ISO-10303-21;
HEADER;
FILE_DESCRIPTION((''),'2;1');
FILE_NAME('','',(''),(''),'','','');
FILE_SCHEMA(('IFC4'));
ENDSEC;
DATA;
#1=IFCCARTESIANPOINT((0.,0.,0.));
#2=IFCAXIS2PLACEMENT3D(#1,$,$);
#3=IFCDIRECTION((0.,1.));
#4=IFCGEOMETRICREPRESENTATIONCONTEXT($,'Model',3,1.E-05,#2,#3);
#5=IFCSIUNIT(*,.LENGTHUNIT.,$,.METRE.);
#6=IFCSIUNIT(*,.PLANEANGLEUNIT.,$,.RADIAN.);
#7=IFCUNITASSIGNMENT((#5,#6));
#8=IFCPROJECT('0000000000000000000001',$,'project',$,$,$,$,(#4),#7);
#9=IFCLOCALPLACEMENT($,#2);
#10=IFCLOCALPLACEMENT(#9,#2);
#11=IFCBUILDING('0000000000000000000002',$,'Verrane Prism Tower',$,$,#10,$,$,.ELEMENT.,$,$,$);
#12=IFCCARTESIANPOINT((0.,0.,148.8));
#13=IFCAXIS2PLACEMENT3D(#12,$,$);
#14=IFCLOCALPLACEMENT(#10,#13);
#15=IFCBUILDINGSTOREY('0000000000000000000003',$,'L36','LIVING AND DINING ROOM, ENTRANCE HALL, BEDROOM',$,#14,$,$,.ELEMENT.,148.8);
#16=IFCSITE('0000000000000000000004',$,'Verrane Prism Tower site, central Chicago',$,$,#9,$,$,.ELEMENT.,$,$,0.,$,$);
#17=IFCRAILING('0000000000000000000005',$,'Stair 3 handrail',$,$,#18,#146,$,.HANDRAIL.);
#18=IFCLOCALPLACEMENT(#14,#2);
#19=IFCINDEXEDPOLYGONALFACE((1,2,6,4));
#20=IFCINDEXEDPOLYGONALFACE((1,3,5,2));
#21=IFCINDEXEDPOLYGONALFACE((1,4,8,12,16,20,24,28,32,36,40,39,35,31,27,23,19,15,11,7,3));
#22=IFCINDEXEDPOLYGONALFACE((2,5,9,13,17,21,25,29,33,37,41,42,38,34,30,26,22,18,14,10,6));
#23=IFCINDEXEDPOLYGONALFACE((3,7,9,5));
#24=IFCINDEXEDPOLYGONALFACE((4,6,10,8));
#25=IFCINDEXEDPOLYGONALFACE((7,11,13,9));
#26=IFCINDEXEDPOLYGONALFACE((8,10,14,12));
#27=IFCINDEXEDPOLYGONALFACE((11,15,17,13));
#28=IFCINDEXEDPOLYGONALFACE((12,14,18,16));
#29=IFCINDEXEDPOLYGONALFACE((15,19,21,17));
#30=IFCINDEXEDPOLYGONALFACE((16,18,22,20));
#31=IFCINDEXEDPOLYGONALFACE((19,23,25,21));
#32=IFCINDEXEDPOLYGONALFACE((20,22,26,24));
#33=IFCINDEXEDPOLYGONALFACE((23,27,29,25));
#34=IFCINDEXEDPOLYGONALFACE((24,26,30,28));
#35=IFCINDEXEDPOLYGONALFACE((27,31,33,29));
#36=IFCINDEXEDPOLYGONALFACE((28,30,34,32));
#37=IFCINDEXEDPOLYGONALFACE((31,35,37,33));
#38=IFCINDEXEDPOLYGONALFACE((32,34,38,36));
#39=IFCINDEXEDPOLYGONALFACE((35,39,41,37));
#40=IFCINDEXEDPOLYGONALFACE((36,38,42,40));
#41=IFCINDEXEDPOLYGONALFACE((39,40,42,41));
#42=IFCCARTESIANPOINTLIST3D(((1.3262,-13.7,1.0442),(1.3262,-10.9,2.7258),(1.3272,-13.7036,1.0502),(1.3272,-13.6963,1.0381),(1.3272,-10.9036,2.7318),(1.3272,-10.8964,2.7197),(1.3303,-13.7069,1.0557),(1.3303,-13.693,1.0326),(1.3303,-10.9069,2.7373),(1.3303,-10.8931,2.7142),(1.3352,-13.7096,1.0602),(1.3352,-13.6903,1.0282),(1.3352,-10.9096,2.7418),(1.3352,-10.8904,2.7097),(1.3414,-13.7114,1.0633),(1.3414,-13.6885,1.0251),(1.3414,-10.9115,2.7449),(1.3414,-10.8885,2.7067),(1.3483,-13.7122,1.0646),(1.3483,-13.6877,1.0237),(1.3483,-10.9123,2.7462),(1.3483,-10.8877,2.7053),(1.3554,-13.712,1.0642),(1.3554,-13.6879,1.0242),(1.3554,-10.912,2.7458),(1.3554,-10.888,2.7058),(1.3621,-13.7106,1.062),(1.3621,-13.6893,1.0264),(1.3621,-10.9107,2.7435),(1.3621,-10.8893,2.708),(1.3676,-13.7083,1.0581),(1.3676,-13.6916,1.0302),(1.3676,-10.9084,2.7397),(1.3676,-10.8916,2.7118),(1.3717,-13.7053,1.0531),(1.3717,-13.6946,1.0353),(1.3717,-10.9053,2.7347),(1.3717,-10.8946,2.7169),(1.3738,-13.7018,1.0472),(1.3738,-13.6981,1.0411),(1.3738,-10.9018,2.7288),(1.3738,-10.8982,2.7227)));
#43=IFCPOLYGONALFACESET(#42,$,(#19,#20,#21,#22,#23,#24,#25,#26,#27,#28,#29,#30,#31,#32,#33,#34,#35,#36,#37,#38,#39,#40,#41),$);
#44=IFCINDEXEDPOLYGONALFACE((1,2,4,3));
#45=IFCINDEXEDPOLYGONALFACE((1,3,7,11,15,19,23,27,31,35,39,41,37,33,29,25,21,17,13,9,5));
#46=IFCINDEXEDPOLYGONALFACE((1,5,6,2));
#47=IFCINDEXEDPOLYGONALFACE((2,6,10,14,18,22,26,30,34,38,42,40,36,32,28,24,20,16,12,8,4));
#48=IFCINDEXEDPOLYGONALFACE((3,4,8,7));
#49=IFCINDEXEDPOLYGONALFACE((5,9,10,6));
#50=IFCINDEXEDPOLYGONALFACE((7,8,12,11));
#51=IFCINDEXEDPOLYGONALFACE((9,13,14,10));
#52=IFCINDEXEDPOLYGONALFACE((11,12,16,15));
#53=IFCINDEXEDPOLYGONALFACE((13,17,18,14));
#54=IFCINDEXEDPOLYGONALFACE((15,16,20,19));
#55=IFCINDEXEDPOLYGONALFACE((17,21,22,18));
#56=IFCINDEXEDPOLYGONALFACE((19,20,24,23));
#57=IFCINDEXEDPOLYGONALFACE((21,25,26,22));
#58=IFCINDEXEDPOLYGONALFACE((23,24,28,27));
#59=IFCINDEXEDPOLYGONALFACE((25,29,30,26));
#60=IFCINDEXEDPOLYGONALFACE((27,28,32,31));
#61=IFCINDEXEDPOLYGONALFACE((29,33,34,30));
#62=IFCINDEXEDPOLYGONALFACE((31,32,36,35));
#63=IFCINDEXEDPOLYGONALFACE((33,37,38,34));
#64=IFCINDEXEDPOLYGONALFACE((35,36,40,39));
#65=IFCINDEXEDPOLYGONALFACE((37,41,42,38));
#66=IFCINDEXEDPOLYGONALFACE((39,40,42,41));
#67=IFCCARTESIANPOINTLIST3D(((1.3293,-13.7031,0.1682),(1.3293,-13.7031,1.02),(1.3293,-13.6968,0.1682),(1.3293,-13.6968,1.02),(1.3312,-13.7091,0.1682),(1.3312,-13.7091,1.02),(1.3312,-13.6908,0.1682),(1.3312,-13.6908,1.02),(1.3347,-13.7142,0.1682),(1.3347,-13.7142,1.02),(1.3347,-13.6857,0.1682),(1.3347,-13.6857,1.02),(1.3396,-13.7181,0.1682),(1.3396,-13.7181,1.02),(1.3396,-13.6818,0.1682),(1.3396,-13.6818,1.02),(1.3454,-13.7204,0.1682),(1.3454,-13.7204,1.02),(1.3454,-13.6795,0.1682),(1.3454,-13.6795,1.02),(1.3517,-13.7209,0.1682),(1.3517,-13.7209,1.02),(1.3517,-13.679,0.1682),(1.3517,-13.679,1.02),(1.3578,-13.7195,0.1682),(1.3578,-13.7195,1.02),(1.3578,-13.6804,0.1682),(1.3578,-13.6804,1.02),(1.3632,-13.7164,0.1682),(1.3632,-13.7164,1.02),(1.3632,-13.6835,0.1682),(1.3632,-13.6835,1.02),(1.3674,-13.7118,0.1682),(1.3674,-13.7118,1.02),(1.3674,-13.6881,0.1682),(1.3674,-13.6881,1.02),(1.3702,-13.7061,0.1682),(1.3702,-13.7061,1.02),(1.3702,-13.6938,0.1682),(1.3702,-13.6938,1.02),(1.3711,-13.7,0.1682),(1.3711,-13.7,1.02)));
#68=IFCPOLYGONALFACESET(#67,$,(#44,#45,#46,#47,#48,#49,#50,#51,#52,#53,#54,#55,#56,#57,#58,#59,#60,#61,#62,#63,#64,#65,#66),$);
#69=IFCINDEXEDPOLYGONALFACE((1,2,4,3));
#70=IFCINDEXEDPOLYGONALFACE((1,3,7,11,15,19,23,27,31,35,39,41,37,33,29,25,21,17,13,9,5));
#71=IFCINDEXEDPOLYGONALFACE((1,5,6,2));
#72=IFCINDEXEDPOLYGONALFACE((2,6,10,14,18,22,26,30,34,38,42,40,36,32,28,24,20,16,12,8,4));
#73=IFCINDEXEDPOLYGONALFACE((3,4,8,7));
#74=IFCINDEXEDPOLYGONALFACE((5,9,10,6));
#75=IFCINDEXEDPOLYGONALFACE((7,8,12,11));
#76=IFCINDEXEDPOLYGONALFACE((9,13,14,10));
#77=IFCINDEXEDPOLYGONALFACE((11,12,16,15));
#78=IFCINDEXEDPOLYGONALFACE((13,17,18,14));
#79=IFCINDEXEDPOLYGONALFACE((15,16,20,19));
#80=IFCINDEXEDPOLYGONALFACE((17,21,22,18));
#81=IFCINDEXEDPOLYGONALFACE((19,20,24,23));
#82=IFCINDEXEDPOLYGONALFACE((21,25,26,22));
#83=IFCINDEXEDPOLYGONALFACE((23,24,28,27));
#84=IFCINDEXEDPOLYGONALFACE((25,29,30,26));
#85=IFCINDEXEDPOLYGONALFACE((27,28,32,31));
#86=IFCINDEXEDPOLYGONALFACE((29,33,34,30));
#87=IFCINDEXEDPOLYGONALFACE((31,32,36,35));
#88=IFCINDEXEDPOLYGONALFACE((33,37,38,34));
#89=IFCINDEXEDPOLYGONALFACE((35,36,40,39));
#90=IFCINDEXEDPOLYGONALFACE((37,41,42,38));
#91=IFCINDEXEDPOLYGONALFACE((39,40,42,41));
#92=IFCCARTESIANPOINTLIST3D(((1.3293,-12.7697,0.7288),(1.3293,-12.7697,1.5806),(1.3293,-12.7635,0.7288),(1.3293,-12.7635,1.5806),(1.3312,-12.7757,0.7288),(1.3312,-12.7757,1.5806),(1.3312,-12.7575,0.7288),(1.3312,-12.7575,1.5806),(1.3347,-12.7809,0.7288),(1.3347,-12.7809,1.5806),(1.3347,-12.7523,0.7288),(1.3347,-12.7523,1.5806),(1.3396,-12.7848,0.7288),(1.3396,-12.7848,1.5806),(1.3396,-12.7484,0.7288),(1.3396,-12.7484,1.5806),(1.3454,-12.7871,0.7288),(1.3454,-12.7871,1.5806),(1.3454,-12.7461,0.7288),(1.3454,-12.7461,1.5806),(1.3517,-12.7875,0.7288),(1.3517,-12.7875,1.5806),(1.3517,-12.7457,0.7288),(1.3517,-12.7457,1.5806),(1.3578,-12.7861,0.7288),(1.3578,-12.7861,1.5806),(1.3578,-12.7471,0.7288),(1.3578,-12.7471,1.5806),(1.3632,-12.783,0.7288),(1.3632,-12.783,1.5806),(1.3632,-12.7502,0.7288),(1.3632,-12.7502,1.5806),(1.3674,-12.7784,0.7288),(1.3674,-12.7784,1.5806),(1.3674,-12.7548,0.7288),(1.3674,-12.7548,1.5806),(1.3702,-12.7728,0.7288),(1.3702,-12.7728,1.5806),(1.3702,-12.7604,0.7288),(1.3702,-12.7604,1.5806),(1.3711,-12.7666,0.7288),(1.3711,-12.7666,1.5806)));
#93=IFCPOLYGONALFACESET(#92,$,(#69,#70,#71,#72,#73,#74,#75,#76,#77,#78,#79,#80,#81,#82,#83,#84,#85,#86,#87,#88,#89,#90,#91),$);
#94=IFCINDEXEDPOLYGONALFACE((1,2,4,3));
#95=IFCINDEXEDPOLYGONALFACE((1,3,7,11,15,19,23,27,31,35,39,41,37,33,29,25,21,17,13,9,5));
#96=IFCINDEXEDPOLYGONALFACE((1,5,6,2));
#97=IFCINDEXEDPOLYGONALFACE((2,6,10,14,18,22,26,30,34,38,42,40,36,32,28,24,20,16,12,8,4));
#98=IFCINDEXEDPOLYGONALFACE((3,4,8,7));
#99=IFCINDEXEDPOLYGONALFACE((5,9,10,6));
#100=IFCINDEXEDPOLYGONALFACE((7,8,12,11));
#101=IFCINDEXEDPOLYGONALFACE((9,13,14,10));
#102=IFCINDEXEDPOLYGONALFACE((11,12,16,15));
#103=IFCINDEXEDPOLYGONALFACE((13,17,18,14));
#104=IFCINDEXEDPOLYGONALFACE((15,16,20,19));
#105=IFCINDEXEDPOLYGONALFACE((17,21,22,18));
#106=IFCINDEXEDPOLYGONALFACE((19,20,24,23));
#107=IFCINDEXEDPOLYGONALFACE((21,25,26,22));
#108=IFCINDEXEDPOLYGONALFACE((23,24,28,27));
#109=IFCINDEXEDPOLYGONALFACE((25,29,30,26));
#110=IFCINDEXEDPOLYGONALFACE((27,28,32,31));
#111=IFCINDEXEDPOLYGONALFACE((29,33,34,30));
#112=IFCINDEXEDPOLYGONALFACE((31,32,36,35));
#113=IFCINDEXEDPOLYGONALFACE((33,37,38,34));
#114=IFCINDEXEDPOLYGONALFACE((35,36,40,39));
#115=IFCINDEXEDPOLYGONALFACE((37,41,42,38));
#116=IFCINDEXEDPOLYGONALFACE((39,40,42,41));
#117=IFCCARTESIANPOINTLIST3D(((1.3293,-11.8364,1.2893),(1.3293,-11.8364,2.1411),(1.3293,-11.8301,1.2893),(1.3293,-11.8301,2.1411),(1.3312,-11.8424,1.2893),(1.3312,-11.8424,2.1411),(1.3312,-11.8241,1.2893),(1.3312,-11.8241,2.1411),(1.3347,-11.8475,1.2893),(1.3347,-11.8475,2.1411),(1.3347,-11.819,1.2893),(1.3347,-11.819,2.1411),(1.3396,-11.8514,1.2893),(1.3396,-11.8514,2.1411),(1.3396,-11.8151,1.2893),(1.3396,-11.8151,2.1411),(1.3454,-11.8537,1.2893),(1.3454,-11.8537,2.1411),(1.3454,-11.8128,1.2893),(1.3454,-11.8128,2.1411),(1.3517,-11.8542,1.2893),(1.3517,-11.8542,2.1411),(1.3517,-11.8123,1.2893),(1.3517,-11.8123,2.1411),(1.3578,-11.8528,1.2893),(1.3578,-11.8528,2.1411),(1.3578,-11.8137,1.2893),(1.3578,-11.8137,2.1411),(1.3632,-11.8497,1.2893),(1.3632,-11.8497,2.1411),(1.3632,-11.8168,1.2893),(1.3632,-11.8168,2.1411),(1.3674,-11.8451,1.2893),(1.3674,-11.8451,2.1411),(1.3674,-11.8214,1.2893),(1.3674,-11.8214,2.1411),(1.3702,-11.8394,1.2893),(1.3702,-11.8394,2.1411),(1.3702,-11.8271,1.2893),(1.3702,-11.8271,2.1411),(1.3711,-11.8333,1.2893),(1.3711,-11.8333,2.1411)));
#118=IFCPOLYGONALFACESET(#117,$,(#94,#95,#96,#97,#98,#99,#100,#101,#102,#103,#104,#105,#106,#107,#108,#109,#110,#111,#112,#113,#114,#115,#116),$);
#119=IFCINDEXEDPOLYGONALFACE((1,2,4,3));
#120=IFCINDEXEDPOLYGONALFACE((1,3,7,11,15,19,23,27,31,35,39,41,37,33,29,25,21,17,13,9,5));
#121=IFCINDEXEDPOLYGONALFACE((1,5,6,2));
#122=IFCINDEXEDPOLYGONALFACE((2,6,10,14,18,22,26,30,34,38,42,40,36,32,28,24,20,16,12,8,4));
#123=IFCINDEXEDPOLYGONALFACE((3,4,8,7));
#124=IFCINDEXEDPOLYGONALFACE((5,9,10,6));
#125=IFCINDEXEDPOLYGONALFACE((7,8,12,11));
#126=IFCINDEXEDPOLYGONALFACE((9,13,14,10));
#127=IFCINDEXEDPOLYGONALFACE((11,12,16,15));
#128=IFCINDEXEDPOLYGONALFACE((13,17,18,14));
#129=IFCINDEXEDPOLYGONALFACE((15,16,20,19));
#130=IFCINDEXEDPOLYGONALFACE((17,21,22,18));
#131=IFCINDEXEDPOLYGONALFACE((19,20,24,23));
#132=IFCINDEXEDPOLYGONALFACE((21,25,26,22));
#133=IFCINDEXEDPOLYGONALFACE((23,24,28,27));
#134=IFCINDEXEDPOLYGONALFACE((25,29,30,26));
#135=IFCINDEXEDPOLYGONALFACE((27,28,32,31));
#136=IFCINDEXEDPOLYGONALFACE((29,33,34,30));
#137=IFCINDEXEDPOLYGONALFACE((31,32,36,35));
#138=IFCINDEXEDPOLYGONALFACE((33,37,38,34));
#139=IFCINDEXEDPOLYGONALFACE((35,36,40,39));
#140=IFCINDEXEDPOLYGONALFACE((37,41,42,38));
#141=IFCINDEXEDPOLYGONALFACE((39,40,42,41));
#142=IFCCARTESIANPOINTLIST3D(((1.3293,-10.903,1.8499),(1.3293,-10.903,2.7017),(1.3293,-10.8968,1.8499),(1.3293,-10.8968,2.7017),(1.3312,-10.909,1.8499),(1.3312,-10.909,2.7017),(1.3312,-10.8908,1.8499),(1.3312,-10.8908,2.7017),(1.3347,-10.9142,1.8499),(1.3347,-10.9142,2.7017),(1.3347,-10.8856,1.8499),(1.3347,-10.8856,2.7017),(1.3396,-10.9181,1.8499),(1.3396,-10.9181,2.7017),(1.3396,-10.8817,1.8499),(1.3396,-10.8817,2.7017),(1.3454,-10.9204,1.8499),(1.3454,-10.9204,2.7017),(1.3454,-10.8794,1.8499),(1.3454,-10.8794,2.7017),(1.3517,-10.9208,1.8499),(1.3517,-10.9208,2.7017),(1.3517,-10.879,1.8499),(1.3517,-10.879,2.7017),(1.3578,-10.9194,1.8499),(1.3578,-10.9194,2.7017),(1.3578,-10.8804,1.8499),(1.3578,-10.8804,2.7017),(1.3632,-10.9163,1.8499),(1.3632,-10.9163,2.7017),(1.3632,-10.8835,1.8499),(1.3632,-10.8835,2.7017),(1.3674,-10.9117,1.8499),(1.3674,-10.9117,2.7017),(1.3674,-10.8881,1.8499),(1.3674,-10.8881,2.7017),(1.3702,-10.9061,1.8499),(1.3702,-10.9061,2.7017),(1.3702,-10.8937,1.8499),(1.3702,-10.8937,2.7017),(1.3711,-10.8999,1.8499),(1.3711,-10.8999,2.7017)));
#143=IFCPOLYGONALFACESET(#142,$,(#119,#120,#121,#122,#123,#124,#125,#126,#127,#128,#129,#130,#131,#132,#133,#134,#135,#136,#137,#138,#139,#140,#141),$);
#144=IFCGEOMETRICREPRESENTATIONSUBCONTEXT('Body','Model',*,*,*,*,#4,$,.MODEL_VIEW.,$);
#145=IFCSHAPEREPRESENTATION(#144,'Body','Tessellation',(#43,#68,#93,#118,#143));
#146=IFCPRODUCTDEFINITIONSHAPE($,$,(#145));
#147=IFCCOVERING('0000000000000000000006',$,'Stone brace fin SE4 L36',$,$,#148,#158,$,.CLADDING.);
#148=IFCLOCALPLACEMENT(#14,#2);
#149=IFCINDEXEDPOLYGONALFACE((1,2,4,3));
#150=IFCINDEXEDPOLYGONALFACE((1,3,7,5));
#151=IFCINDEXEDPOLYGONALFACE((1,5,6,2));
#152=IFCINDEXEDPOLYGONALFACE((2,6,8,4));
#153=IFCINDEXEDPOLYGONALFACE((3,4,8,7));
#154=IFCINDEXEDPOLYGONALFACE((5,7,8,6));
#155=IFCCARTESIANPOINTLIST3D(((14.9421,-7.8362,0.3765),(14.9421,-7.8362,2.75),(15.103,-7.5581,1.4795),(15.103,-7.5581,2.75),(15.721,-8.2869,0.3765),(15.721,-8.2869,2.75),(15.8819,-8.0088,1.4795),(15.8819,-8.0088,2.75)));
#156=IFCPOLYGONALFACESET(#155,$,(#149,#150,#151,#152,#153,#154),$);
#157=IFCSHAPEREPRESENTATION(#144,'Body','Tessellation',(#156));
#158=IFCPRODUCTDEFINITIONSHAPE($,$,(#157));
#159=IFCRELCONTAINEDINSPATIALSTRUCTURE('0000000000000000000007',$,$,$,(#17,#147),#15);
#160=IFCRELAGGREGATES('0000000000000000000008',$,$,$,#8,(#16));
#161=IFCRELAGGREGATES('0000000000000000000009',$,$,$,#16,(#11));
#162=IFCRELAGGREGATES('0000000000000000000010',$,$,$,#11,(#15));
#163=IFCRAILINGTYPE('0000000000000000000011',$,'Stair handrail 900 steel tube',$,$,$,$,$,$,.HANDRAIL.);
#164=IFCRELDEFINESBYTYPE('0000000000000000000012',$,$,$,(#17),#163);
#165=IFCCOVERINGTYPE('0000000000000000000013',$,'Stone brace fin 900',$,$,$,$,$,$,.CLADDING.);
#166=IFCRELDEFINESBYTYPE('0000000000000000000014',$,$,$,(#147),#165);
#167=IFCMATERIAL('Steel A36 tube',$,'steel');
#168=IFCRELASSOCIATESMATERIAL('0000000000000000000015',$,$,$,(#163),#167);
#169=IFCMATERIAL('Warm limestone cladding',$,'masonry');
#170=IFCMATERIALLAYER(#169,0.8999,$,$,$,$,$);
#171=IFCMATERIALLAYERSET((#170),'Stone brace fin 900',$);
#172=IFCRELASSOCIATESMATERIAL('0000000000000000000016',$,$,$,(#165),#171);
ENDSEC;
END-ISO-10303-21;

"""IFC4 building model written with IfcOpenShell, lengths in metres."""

from ifc_helpers import new_model, si_unit, direction, frame, origin, origin_2d, place, context, subcontext, project, spatial, polyline, circle, outline, extrude, material, layer, layer_set, type_object, element, save


model = new_model("IFC4")

# Units and contexts
model_context = context("Model", 3, precision=1e-05, world=origin(), true_north=direction((0.0, 1.0)))
body_context = subcontext(model_context, "Body", "Model", "MODEL_VIEW")
ifc_project = project(units=[si_unit("LENGTHUNIT", "METRE"), si_unit("PLANEANGLEUNIT", "RADIAN")], contexts=[model_context])

# Site, building, storey
site_placement = place(None, origin())
site = spatial("IfcSite", under=ifc_project, at=site_placement, Name="Verrane Prism Tower site, central Chicago", CompositionType="ELEMENT", RefElevation=0.0)
building_placement = place(site_placement, origin())
building = spatial("IfcBuilding", under=site, at=building_placement, Name="Verrane Prism Tower", CompositionType="ELEMENT")
storey_placement = place(building_placement, frame((0.0, 0.0, 148.8)))
storey = spatial("IfcBuildingStorey", under=building, at=storey_placement, Name="L36", Description="LIVING AND DINING ROOM, ENTRANCE HALL, BEDROOM", CompositionType="ELEMENT", Elevation=148.8)

# Railing
ifc_material_1 = material(Name="Steel A36 tube", Category="steel")
railing_type_1 = type_object("IfcRailingType", Name="Stair handrail 900 steel tube", PredefinedType="HANDRAIL", material=ifc_material_1)
railing_1_placement = place(storey_placement, frame((1.3501, -13.7, 0.1682)))
element("IfcRailing", 1, at=railing_1_placement, inside=storey, type_object=railing_type_1, Name="Stair 3 handrail", PredefinedType="HANDRAIL", context=body_context, shape_type="SweptSolid", body=[
    extrude(circle(Radius=0.0239, at=origin_2d()), frame((0.0, 0.0, 0.876), z_axis=(0.0, 0.857275, 0.514858), x_axis=(-1.0, 0.0, 0.0)), (0.0, 0.0, 1.0), 3.2661),
    extrude(circle(Radius=0.021, at=origin_2d()), origin(), (0.0, 0.0, 1.0), 0.8518),
    extrude(circle(Radius=0.021, at=origin_2d()), frame((0.0, 0.9333, 0.5605)), (0.0, 0.0, 1.0), 0.8518),
    extrude(circle(Radius=0.021, at=origin_2d()), frame((0.0, 1.8667, 1.1211)), (0.0, 0.0, 1.0), 0.8518),
    extrude(circle(Radius=0.021, at=origin_2d()), frame((0.0, 2.8, 1.6816)), (0.0, 0.0, 1.0), 0.8518),
])

# Covering
ifc_material_2 = material(Name="Warm limestone cladding", Category="masonry")
ifc_layer_1 = layer(ifc_material_2, 0.8999)
ifc_layer_set_1 = layer_set([ifc_layer_1], Name="Stone brace fin 900")
covering_type = type_object("IfcCoveringType", Name="Stone brace fin 900", PredefinedType="CLADDING", material=ifc_layer_set_1)
covering_placement = place(storey_placement, frame((15.3315, -8.0615, 0.3765), z_axis=(0.0, 0.0, 1.0), x_axis=(0.500797, 0.865565, 0.0)))
element("IfcCovering", 2, at=covering_placement, inside=storey, type_object=covering_type, Name="Stone brace fin SE4 L36", PredefinedType="CLADDING", context=body_context, shape_type="SweptSolid", body=[
    extrude(outline(polyline([(0.3213, 2.3735), (0.0, 2.3735), (0.0, 0.0), (0.3213, 1.103), (0.3213, 2.3735)])), frame((0.0, 0.45, 0.0), z_axis=(0.0, -1.0, 0.0), x_axis=(1.0, 0.0, 0.0)), (0.0, 0.0, 1.0), 0.8999),
])

save(model, "model.ifc")
